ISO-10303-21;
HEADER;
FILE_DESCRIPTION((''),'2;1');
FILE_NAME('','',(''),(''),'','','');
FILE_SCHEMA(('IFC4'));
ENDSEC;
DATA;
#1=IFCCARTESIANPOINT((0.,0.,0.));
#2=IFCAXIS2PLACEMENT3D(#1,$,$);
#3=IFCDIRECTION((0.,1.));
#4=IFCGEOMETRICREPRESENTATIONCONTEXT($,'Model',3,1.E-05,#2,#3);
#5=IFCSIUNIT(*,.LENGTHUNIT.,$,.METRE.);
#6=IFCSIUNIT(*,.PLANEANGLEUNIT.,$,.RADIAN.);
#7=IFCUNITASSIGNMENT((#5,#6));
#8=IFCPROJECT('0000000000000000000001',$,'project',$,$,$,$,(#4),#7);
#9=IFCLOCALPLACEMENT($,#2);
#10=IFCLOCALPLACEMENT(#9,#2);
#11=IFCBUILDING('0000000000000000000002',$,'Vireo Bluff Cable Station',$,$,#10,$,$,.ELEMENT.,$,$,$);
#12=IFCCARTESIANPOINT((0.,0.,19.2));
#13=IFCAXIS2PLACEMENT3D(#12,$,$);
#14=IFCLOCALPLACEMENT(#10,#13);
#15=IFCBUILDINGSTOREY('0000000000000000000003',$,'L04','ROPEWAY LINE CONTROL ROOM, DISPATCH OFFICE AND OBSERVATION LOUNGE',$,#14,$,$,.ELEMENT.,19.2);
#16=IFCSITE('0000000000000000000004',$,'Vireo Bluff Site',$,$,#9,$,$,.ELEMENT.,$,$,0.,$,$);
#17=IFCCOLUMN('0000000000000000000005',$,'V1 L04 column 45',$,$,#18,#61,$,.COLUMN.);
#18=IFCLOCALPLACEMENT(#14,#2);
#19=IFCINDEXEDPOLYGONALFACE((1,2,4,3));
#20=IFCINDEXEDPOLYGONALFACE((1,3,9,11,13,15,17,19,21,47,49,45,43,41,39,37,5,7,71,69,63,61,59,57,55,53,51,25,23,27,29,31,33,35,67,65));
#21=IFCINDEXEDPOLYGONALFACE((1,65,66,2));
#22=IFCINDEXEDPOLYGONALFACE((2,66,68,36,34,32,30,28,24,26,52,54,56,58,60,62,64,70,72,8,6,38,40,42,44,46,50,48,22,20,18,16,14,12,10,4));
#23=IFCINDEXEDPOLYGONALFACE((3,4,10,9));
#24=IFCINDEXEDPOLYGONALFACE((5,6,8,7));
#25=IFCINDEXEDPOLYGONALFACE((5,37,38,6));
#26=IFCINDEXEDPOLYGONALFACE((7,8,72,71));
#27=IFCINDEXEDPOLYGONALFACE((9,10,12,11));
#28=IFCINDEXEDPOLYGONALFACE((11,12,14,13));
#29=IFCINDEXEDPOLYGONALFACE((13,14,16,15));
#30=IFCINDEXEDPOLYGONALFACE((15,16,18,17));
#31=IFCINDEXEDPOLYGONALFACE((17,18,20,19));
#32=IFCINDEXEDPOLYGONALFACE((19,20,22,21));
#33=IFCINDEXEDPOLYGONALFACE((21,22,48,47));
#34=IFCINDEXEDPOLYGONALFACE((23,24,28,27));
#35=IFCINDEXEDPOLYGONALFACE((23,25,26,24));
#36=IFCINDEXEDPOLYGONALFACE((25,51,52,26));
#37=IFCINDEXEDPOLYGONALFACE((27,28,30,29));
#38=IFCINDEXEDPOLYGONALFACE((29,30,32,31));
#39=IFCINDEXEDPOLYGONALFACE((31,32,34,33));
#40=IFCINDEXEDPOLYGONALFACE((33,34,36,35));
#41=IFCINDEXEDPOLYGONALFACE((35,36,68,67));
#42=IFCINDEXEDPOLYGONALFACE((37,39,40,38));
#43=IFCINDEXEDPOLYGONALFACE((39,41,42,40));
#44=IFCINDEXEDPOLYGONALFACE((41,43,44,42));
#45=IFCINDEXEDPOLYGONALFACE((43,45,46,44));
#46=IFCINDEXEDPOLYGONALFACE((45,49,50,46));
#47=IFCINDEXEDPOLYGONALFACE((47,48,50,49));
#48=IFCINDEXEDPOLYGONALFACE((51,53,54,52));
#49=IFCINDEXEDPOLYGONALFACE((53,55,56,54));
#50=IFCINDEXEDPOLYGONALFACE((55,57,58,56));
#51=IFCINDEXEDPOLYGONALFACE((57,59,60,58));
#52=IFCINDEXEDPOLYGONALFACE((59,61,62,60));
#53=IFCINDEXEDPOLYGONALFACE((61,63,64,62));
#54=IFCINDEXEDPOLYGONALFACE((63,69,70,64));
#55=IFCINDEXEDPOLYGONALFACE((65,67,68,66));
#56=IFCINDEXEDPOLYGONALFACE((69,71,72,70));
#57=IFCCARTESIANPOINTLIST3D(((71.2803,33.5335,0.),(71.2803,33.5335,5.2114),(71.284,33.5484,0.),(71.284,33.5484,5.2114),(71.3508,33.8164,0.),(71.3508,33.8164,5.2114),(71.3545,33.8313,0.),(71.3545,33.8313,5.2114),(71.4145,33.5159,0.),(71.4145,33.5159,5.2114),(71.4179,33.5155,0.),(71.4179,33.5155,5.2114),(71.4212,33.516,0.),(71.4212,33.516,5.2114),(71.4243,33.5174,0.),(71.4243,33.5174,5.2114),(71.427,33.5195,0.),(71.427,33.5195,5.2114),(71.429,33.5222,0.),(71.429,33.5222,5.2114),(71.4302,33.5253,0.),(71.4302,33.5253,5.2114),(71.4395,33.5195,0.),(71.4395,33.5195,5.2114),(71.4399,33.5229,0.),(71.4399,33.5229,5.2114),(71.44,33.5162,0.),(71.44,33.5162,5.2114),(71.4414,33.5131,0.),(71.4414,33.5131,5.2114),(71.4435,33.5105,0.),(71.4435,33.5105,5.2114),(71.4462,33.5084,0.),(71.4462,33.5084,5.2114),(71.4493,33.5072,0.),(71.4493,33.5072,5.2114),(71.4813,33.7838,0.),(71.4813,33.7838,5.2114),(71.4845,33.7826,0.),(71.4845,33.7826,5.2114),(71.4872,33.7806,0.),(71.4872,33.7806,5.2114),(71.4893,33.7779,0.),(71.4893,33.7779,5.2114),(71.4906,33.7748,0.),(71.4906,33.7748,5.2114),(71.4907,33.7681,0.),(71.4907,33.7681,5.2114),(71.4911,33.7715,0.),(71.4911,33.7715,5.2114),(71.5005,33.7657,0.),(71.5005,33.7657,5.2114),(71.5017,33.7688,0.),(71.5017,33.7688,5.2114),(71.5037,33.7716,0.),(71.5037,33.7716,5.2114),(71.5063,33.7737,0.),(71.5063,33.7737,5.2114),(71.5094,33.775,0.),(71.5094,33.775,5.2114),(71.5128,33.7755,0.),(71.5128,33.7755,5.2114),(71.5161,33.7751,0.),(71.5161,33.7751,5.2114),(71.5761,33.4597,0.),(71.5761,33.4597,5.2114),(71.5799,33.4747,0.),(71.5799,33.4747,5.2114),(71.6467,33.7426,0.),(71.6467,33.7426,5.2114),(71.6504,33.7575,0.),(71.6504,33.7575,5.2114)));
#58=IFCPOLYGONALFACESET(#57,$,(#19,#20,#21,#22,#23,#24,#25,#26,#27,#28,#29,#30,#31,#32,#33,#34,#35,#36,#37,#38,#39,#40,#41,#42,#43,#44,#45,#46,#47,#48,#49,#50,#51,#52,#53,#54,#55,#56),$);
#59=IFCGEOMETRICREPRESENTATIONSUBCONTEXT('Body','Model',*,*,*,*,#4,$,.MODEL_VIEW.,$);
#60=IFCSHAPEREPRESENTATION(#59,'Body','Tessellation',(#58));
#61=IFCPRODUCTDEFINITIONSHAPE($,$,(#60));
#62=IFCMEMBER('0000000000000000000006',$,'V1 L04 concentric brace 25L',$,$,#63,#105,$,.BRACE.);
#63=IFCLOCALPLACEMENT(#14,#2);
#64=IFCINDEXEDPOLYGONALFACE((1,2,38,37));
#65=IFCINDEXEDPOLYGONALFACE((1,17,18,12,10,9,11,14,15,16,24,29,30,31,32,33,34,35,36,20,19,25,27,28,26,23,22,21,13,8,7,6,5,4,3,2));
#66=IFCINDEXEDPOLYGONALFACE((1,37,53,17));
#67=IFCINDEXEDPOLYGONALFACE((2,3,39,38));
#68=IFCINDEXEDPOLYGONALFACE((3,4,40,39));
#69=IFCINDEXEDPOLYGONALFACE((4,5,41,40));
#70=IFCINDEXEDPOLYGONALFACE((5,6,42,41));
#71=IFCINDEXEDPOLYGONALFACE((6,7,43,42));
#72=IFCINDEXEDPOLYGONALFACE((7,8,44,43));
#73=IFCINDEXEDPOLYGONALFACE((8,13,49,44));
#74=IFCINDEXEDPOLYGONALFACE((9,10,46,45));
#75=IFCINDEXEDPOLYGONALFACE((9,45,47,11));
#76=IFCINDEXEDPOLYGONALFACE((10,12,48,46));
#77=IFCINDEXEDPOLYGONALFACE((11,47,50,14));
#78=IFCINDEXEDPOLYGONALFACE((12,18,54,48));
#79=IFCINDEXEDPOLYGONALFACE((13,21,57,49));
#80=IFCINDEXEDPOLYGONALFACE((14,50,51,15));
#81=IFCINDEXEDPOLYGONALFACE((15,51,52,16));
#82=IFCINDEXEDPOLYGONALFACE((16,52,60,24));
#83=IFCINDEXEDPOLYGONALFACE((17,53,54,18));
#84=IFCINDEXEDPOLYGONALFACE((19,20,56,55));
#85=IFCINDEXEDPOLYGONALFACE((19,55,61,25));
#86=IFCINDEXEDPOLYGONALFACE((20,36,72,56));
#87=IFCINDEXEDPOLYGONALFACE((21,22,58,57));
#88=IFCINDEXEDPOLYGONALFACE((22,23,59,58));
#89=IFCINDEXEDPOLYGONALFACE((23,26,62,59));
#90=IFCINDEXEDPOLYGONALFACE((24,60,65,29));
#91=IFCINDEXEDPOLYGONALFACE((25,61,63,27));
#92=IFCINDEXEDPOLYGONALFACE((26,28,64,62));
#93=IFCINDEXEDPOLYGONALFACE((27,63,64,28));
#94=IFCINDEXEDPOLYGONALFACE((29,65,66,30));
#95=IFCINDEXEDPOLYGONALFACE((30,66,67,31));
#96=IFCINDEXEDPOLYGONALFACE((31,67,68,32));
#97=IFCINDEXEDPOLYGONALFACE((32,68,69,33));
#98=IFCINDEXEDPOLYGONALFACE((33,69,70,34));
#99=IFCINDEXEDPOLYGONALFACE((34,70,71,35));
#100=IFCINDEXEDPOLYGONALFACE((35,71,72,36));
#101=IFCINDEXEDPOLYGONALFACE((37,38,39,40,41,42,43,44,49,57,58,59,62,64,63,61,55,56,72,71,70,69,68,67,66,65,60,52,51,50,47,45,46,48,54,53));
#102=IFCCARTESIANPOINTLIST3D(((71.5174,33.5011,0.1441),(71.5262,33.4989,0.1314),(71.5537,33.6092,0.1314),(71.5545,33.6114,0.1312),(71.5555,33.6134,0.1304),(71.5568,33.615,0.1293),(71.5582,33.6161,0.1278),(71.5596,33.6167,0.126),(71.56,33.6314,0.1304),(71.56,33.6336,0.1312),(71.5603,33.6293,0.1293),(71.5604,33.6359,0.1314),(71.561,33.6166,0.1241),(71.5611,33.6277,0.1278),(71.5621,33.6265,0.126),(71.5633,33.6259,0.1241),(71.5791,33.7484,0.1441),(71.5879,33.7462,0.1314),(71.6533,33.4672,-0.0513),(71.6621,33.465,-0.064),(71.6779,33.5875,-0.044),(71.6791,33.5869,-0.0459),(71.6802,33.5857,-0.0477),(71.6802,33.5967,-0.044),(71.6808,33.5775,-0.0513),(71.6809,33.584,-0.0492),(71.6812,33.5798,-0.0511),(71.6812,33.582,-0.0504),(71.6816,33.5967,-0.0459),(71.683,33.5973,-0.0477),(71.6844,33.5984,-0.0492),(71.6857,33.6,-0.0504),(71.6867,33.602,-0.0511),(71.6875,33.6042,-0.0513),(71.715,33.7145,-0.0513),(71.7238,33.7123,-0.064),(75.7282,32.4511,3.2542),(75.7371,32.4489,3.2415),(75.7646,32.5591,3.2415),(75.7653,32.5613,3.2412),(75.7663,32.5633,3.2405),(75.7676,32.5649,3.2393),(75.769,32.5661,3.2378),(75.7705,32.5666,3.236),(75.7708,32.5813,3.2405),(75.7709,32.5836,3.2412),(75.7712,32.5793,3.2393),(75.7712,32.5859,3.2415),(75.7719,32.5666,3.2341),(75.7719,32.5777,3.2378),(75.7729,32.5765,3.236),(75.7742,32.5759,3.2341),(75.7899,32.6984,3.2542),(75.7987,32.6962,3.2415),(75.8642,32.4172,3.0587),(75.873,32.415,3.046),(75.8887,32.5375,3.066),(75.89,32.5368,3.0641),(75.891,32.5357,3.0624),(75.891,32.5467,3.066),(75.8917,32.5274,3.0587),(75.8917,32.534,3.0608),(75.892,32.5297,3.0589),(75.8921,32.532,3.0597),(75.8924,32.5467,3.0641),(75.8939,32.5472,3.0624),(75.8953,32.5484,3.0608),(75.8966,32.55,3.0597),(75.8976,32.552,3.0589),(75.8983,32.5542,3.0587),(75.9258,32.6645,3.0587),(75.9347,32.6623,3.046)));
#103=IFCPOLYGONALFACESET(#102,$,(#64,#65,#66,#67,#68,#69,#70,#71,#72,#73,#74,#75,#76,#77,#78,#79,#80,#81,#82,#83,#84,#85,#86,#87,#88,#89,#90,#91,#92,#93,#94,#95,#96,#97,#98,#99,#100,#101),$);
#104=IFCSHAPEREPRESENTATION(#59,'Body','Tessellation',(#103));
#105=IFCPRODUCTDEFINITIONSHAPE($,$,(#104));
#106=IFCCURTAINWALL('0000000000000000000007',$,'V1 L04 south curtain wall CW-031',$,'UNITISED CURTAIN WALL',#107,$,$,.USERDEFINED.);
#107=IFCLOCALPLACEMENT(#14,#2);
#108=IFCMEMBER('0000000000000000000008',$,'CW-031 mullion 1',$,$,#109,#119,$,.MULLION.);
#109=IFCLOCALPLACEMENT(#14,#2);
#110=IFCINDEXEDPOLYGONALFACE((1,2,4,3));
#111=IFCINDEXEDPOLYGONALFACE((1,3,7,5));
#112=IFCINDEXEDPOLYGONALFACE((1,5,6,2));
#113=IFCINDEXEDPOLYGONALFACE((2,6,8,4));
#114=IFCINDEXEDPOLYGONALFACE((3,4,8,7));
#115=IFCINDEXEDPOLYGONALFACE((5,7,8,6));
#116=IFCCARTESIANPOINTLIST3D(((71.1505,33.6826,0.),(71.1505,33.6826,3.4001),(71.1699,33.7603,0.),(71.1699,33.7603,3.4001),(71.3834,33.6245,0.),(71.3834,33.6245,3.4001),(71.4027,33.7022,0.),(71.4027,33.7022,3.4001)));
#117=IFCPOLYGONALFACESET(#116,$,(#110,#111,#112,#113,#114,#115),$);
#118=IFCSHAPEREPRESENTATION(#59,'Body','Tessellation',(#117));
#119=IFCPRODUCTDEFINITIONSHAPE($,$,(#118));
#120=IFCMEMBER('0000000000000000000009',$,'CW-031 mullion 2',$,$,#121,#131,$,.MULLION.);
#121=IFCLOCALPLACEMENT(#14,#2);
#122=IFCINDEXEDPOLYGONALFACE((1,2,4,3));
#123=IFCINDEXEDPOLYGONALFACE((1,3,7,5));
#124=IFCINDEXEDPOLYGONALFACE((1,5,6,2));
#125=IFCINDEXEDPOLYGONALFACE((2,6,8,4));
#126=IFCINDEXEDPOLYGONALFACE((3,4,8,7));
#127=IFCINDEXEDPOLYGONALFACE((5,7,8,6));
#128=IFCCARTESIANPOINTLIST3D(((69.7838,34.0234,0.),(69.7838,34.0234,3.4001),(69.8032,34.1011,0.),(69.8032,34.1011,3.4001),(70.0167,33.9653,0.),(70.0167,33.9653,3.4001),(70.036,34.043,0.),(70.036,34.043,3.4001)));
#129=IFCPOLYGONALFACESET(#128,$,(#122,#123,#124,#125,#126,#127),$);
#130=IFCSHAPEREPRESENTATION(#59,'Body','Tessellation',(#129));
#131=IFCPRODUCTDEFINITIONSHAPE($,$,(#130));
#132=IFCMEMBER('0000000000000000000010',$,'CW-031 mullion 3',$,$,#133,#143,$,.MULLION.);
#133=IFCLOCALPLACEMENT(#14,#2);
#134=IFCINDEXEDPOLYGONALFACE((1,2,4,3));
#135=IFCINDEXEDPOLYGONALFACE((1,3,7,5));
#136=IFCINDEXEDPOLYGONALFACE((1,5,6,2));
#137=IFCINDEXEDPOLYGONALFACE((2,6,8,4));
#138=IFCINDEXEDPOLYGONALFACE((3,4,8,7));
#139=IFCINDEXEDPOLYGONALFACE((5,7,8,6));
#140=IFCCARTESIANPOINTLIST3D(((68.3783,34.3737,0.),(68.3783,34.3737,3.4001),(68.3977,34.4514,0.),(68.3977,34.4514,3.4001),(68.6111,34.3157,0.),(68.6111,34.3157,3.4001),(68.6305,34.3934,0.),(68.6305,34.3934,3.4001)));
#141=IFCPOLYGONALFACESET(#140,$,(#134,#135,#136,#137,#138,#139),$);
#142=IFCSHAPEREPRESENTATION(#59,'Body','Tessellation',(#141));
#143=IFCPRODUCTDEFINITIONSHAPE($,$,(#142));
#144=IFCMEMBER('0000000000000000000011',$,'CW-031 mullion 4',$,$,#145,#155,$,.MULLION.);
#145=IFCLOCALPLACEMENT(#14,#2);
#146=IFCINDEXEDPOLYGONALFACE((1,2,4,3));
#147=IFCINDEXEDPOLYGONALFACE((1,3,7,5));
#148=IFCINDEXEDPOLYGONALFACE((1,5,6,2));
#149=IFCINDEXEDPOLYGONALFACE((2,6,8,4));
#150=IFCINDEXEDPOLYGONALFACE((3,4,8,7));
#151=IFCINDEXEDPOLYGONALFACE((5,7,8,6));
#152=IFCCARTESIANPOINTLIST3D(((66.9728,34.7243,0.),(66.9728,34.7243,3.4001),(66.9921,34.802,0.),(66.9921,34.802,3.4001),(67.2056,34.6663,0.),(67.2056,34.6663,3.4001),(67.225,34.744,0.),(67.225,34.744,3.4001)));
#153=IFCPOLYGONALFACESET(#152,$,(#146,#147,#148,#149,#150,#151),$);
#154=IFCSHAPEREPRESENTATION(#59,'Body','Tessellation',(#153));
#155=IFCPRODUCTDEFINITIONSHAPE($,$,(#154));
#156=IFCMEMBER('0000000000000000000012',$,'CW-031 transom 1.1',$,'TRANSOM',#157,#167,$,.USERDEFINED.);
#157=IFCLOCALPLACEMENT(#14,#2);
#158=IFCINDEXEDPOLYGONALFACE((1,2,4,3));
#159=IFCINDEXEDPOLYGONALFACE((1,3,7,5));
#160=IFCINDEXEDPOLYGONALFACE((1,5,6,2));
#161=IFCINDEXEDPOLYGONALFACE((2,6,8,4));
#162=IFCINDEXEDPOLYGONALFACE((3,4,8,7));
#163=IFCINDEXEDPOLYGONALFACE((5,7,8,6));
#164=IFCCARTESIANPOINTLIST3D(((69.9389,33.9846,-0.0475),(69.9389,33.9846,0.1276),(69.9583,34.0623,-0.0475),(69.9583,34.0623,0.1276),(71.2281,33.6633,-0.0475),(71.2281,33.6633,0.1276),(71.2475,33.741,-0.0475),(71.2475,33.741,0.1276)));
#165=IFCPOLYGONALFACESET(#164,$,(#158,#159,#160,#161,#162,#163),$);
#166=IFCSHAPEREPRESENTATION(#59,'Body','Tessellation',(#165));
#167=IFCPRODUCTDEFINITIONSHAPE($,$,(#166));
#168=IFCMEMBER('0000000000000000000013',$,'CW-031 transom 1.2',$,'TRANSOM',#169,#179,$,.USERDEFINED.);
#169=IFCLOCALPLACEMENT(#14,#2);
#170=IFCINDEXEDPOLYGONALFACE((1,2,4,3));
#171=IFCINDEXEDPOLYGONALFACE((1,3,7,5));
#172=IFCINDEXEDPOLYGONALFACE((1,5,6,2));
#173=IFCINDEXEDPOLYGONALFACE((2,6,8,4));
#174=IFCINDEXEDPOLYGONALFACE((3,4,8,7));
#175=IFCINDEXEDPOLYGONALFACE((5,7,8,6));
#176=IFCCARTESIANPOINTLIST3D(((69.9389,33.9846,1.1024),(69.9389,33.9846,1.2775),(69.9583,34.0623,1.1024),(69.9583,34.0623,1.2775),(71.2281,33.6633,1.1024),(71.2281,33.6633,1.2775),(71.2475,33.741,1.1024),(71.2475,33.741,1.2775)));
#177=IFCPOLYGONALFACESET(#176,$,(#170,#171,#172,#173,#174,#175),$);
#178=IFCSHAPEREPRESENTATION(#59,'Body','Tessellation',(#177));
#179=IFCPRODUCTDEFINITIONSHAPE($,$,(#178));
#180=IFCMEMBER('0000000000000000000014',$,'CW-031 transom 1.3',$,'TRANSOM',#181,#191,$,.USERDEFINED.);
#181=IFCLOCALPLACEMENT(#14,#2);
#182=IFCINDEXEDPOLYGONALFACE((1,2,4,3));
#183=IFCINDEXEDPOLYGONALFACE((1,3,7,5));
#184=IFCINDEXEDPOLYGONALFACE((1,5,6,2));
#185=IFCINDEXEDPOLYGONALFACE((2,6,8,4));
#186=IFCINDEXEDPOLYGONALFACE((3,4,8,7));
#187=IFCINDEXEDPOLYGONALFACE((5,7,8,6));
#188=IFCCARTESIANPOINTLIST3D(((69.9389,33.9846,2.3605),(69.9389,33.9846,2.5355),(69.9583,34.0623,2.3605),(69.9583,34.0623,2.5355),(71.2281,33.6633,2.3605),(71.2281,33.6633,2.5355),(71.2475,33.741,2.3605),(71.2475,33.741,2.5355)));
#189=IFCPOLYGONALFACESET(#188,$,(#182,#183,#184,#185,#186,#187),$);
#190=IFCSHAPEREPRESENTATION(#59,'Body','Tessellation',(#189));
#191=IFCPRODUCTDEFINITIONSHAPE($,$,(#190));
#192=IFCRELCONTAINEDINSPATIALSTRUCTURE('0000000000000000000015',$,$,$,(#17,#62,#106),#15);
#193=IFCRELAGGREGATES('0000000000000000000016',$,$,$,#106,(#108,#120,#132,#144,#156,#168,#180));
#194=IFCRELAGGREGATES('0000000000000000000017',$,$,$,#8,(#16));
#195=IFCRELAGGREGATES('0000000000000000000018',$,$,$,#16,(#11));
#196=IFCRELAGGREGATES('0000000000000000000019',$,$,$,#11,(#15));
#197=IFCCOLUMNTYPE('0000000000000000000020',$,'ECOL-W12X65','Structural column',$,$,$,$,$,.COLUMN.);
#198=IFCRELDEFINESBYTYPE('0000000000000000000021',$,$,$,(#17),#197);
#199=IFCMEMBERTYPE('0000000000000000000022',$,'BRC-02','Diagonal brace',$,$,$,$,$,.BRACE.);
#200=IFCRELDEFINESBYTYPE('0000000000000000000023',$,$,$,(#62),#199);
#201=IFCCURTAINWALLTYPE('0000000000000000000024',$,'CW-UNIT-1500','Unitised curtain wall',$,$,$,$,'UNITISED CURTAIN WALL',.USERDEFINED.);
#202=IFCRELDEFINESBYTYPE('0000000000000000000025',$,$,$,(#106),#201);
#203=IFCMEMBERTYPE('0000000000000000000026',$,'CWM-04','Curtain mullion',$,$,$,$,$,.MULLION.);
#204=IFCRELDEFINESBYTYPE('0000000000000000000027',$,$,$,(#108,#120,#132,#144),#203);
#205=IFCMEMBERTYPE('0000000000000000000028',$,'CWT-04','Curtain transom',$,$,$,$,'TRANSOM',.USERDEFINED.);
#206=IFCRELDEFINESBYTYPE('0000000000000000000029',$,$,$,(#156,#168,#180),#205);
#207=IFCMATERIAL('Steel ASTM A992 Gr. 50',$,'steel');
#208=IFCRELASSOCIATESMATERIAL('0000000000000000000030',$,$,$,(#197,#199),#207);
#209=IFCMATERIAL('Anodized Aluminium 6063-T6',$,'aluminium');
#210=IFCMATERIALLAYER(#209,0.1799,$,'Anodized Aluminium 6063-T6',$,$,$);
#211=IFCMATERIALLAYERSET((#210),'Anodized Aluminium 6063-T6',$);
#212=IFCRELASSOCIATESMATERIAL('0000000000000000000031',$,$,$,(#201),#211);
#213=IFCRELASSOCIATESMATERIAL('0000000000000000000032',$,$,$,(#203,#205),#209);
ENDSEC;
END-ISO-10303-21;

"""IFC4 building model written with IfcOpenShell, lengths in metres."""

from ifc_helpers import new_model, si_unit, direction, frame, origin, origin_2d, place, context, subcontext, project, spatial, rectangle, i_section, extrude, material, layer, layer_set, material_profile, profile_set, type_object, element, aggregate, save


model = new_model("IFC4")

# Units and contexts
model_context = context("Model", 3, precision=1e-05, world=origin(), true_north=direction((0.0, 1.0)))
body_context = subcontext(model_context, "Body", "Model", "MODEL_VIEW")
ifc_project = project(units=[si_unit("LENGTHUNIT", "METRE"), si_unit("PLANEANGLEUNIT", "RADIAN")], contexts=[model_context])

# Site, building, storey
site_placement = place(None, origin())
site = spatial("IfcSite", under=ifc_project, at=site_placement, Name="Vireo Bluff Site", CompositionType="ELEMENT", RefElevation=0.0)
building_placement = place(site_placement, origin())
building = spatial("IfcBuilding", under=site, at=building_placement, Name="Vireo Bluff Cable Station", CompositionType="ELEMENT")
storey_placement = place(building_placement, frame((0.0, 0.0, 19.2)))
storey = spatial("IfcBuildingStorey", under=building, at=storey_placement, Name="L04", Description="ROPEWAY LINE CONTROL ROOM, DISPATCH OFFICE AND OBSERVATION LOUNGE", CompositionType="ELEMENT", Elevation=19.2)

# Column
ifc_material_1 = material(Name="Steel ASTM A992 Gr. 50", Category="steel")
ifc_material_profile_1 = material_profile(ifc_material_1, i_section(OverallWidth=0.3049, OverallDepth=0.3069, WebThickness=0.01, FlangeThickness=0.0154, FilletRadius=0.0129, at=origin_2d()), Name="W12X65")
ifc_profile_set_1 = profile_set([ifc_material_profile_1], Name="Steel ASTM A992 Gr. 50")
column_type = type_object("IfcColumnType", Name="ECOL-W12X65", Description="Structural column", PredefinedType="COLUMN", material=ifc_profile_set_1)
column_placement = place(storey_placement, frame((71.4653, 33.6455, 0.0), z_axis=(0.0, 0.0, 1.0), x_axis=(0.970296, -0.241922, 0.0)))
element("IfcColumn", 1, at=column_placement, inside=storey, type_object=column_type, Name="V1 L04 column 45", PredefinedType="COLUMN", context=body_context, shape_type="SweptSolid", body=[
    extrude(i_section(OverallWidth=0.3049, OverallDepth=0.3069, WebThickness=0.01, FlangeThickness=0.0154, FilletRadius=0.0129, at=origin_2d()), origin(), (0.0, 0.0, 1.0), 5.2114),
])

# Member
ifc_material_profile_2 = material_profile(ifc_material_1, i_section(OverallWidth=0.2549, OverallDepth=0.2561, WebThickness=0.0095, FlangeThickness=0.0156, FilletRadius=0.009, at=origin_2d()), Name="W10X54")
ifc_profile_set_2 = profile_set([ifc_material_profile_2], Name="Steel ASTM A992 Gr. 50")
member_type_1 = type_object("IfcMemberType", Name="BRC-02", Description="Diagonal brace", PredefinedType="BRACE", material=ifc_profile_set_2)
member_1_placement = place(storey_placement, frame((71.6206, 33.6067, 0.04), z_axis=(0.788679, -0.196667, 0.582501), x_axis=(0.241953, 0.970288, 0.0)))
element("IfcMember", 2, at=member_1_placement, inside=storey, type_object=member_type_1, Name="V1 L04 concentric brace 25L", PredefinedType="BRACE", context=body_context, shape_type="SweptSolid", body=[
    extrude(i_section(OverallWidth=0.2549, OverallDepth=0.2561, WebThickness=0.0095, FlangeThickness=0.0156, FilletRadius=0.009, at=origin_2d()), origin(), (0.0, 0.0, 1.0), 5.3391),
])

# Curtain wall, members
ifc_material_2 = material(Name="Anodized Aluminium 6063-T6", Category="aluminium")
ifc_layer_1 = layer(ifc_material_2, 0.1799, Name="Anodized Aluminium 6063-T6")
ifc_layer_set_1 = layer_set([ifc_layer_1], Name="Anodized Aluminium 6063-T6")
curtain_wall_type = type_object("IfcCurtainWallType", Name="CW-UNIT-1500", Description="Unitised curtain wall", ElementType="UNITISED CURTAIN WALL", PredefinedType="USERDEFINED", material=ifc_layer_set_1)
curtain_wall_placement = place(storey_placement, origin())
curtain_wall = element("IfcCurtainWall", 3, at=curtain_wall_placement, inside=storey, type_object=curtain_wall_type, Name="V1 L04 south curtain wall CW-031", ObjectType="UNITISED CURTAIN WALL", PredefinedType="USERDEFINED")
ifc_material_profile_3 = material_profile(ifc_material_2, rectangle(XDim=0.0801, YDim=0.24, at=origin_2d()), Name="ALU-M-80X240")
ifc_profile_set_3 = profile_set([ifc_material_profile_3], Name="Anodized Aluminium 6063-T6")
member_type_2 = type_object("IfcMemberType", Name="CWM-04", Description="Curtain mullion", PredefinedType="MULLION", material=ifc_profile_set_3)
member_2_placement = place(storey_placement, frame((71.2766, 33.6924, 0.0), z_axis=(0.0, 0.0, 1.0), x_axis=(-0.241922, -0.970296, 0.0)))
member_2 = element("IfcMember", 4, at=member_2_placement, type_object=member_type_2, Name="CW-031 mullion 1", PredefinedType="MULLION", context=body_context, shape_type="SweptSolid", body=[
    extrude(rectangle(XDim=0.0801, YDim=0.24, at=origin_2d()), origin(), (0.0, 0.0, 1.0), 3.4001),
])
member_3_placement = place(storey_placement, frame((69.9099, 34.0332, 0.0), z_axis=(0.0, 0.0, 1.0), x_axis=(-0.241922, -0.970296, 0.0)))
member_3 = element("IfcMember", 5, at=member_3_placement, type_object=member_type_2, Name="CW-031 mullion 2", PredefinedType="MULLION", context=body_context, shape_type="SweptSolid", body=[
    extrude(rectangle(XDim=0.0801, YDim=0.24, at=origin_2d()), origin(), (0.0, 0.0, 1.0), 3.4001),
])
member_4_placement = place(storey_placement, frame((68.5044, 34.3835, 0.0), z_axis=(0.0, 0.0, 1.0), x_axis=(-0.241922, -0.970296, 0.0)))
member_4 = element("IfcMember", 6, at=member_4_placement, type_object=member_type_2, Name="CW-031 mullion 3", PredefinedType="MULLION", context=body_context, shape_type="SweptSolid", body=[
    extrude(rectangle(XDim=0.0801, YDim=0.24, at=origin_2d()), origin(), (0.0, 0.0, 1.0), 3.4001),
])
member_5_placement = place(storey_placement, frame((67.0989, 34.7341, 0.0), z_axis=(0.0, 0.0, 1.0), x_axis=(-0.241922, -0.970296, 0.0)))
member_5 = element("IfcMember", 7, at=member_5_placement, type_object=member_type_2, Name="CW-031 mullion 4", PredefinedType="MULLION", context=body_context, shape_type="SweptSolid", body=[
    extrude(rectangle(XDim=0.0801, YDim=0.24, at=origin_2d()), origin(), (0.0, 0.0, 1.0), 3.4001),
])
ifc_material_profile_4 = material_profile(ifc_material_2, rectangle(XDim=0.0801, YDim=0.175, at=origin_2d()), Name="ALU-T-80X175")
ifc_profile_set_4 = profile_set([ifc_material_profile_4], Name="Anodized Aluminium 6063-T6")
member_type_3 = type_object("IfcMemberType", Name="CWT-04", Description="Curtain transom", ElementType="TRANSOM", PredefinedType="USERDEFINED", material=ifc_profile_set_4)
member_6_placement = place(storey_placement, frame((71.2378, 33.7021, 0.04), z_axis=(-0.970315, 0.241844, 0.0), x_axis=(-0.241844, -0.970315, 0.0)))
member_6 = element("IfcMember", 8, at=member_6_placement, type_object=member_type_3, Name="CW-031 transom 1.1", ObjectType="TRANSOM", PredefinedType="USERDEFINED", context=body_context, shape_type="SweptSolid", body=[
    extrude(rectangle(XDim=0.0801, YDim=0.175, at=origin_2d()), origin(), (0.0, 0.0, 1.0), 1.3286),
])
member_7_placement = place(storey_placement, frame((71.2378, 33.7021, 1.1899), z_axis=(-0.970315, 0.241844, 0.0), x_axis=(-0.241844, -0.970315, 0.0)))
member_7 = element("IfcMember", 9, at=member_7_placement, type_object=member_type_3, Name="CW-031 transom 1.2", ObjectType="TRANSOM", PredefinedType="USERDEFINED", context=body_context, shape_type="SweptSolid", body=[
    extrude(rectangle(XDim=0.0801, YDim=0.175, at=origin_2d()), origin(), (0.0, 0.0, 1.0), 1.3286),
])
member_8_placement = place(storey_placement, frame((71.2378, 33.7021, 2.448), z_axis=(-0.970315, 0.241844, 0.0), x_axis=(-0.241844, -0.970315, 0.0)))
member_8 = element("IfcMember", 10, at=member_8_placement, type_object=member_type_3, Name="CW-031 transom 1.3", ObjectType="TRANSOM", PredefinedType="USERDEFINED", context=body_context, shape_type="SweptSolid", body=[
    extrude(rectangle(XDim=0.0801, YDim=0.175, at=origin_2d()), origin(), (0.0, 0.0, 1.0), 1.3286),
])

aggregate(curtain_wall, [member_2, member_3, member_4, member_5, member_6, member_7, member_8])

save(model, "model.ifc")
